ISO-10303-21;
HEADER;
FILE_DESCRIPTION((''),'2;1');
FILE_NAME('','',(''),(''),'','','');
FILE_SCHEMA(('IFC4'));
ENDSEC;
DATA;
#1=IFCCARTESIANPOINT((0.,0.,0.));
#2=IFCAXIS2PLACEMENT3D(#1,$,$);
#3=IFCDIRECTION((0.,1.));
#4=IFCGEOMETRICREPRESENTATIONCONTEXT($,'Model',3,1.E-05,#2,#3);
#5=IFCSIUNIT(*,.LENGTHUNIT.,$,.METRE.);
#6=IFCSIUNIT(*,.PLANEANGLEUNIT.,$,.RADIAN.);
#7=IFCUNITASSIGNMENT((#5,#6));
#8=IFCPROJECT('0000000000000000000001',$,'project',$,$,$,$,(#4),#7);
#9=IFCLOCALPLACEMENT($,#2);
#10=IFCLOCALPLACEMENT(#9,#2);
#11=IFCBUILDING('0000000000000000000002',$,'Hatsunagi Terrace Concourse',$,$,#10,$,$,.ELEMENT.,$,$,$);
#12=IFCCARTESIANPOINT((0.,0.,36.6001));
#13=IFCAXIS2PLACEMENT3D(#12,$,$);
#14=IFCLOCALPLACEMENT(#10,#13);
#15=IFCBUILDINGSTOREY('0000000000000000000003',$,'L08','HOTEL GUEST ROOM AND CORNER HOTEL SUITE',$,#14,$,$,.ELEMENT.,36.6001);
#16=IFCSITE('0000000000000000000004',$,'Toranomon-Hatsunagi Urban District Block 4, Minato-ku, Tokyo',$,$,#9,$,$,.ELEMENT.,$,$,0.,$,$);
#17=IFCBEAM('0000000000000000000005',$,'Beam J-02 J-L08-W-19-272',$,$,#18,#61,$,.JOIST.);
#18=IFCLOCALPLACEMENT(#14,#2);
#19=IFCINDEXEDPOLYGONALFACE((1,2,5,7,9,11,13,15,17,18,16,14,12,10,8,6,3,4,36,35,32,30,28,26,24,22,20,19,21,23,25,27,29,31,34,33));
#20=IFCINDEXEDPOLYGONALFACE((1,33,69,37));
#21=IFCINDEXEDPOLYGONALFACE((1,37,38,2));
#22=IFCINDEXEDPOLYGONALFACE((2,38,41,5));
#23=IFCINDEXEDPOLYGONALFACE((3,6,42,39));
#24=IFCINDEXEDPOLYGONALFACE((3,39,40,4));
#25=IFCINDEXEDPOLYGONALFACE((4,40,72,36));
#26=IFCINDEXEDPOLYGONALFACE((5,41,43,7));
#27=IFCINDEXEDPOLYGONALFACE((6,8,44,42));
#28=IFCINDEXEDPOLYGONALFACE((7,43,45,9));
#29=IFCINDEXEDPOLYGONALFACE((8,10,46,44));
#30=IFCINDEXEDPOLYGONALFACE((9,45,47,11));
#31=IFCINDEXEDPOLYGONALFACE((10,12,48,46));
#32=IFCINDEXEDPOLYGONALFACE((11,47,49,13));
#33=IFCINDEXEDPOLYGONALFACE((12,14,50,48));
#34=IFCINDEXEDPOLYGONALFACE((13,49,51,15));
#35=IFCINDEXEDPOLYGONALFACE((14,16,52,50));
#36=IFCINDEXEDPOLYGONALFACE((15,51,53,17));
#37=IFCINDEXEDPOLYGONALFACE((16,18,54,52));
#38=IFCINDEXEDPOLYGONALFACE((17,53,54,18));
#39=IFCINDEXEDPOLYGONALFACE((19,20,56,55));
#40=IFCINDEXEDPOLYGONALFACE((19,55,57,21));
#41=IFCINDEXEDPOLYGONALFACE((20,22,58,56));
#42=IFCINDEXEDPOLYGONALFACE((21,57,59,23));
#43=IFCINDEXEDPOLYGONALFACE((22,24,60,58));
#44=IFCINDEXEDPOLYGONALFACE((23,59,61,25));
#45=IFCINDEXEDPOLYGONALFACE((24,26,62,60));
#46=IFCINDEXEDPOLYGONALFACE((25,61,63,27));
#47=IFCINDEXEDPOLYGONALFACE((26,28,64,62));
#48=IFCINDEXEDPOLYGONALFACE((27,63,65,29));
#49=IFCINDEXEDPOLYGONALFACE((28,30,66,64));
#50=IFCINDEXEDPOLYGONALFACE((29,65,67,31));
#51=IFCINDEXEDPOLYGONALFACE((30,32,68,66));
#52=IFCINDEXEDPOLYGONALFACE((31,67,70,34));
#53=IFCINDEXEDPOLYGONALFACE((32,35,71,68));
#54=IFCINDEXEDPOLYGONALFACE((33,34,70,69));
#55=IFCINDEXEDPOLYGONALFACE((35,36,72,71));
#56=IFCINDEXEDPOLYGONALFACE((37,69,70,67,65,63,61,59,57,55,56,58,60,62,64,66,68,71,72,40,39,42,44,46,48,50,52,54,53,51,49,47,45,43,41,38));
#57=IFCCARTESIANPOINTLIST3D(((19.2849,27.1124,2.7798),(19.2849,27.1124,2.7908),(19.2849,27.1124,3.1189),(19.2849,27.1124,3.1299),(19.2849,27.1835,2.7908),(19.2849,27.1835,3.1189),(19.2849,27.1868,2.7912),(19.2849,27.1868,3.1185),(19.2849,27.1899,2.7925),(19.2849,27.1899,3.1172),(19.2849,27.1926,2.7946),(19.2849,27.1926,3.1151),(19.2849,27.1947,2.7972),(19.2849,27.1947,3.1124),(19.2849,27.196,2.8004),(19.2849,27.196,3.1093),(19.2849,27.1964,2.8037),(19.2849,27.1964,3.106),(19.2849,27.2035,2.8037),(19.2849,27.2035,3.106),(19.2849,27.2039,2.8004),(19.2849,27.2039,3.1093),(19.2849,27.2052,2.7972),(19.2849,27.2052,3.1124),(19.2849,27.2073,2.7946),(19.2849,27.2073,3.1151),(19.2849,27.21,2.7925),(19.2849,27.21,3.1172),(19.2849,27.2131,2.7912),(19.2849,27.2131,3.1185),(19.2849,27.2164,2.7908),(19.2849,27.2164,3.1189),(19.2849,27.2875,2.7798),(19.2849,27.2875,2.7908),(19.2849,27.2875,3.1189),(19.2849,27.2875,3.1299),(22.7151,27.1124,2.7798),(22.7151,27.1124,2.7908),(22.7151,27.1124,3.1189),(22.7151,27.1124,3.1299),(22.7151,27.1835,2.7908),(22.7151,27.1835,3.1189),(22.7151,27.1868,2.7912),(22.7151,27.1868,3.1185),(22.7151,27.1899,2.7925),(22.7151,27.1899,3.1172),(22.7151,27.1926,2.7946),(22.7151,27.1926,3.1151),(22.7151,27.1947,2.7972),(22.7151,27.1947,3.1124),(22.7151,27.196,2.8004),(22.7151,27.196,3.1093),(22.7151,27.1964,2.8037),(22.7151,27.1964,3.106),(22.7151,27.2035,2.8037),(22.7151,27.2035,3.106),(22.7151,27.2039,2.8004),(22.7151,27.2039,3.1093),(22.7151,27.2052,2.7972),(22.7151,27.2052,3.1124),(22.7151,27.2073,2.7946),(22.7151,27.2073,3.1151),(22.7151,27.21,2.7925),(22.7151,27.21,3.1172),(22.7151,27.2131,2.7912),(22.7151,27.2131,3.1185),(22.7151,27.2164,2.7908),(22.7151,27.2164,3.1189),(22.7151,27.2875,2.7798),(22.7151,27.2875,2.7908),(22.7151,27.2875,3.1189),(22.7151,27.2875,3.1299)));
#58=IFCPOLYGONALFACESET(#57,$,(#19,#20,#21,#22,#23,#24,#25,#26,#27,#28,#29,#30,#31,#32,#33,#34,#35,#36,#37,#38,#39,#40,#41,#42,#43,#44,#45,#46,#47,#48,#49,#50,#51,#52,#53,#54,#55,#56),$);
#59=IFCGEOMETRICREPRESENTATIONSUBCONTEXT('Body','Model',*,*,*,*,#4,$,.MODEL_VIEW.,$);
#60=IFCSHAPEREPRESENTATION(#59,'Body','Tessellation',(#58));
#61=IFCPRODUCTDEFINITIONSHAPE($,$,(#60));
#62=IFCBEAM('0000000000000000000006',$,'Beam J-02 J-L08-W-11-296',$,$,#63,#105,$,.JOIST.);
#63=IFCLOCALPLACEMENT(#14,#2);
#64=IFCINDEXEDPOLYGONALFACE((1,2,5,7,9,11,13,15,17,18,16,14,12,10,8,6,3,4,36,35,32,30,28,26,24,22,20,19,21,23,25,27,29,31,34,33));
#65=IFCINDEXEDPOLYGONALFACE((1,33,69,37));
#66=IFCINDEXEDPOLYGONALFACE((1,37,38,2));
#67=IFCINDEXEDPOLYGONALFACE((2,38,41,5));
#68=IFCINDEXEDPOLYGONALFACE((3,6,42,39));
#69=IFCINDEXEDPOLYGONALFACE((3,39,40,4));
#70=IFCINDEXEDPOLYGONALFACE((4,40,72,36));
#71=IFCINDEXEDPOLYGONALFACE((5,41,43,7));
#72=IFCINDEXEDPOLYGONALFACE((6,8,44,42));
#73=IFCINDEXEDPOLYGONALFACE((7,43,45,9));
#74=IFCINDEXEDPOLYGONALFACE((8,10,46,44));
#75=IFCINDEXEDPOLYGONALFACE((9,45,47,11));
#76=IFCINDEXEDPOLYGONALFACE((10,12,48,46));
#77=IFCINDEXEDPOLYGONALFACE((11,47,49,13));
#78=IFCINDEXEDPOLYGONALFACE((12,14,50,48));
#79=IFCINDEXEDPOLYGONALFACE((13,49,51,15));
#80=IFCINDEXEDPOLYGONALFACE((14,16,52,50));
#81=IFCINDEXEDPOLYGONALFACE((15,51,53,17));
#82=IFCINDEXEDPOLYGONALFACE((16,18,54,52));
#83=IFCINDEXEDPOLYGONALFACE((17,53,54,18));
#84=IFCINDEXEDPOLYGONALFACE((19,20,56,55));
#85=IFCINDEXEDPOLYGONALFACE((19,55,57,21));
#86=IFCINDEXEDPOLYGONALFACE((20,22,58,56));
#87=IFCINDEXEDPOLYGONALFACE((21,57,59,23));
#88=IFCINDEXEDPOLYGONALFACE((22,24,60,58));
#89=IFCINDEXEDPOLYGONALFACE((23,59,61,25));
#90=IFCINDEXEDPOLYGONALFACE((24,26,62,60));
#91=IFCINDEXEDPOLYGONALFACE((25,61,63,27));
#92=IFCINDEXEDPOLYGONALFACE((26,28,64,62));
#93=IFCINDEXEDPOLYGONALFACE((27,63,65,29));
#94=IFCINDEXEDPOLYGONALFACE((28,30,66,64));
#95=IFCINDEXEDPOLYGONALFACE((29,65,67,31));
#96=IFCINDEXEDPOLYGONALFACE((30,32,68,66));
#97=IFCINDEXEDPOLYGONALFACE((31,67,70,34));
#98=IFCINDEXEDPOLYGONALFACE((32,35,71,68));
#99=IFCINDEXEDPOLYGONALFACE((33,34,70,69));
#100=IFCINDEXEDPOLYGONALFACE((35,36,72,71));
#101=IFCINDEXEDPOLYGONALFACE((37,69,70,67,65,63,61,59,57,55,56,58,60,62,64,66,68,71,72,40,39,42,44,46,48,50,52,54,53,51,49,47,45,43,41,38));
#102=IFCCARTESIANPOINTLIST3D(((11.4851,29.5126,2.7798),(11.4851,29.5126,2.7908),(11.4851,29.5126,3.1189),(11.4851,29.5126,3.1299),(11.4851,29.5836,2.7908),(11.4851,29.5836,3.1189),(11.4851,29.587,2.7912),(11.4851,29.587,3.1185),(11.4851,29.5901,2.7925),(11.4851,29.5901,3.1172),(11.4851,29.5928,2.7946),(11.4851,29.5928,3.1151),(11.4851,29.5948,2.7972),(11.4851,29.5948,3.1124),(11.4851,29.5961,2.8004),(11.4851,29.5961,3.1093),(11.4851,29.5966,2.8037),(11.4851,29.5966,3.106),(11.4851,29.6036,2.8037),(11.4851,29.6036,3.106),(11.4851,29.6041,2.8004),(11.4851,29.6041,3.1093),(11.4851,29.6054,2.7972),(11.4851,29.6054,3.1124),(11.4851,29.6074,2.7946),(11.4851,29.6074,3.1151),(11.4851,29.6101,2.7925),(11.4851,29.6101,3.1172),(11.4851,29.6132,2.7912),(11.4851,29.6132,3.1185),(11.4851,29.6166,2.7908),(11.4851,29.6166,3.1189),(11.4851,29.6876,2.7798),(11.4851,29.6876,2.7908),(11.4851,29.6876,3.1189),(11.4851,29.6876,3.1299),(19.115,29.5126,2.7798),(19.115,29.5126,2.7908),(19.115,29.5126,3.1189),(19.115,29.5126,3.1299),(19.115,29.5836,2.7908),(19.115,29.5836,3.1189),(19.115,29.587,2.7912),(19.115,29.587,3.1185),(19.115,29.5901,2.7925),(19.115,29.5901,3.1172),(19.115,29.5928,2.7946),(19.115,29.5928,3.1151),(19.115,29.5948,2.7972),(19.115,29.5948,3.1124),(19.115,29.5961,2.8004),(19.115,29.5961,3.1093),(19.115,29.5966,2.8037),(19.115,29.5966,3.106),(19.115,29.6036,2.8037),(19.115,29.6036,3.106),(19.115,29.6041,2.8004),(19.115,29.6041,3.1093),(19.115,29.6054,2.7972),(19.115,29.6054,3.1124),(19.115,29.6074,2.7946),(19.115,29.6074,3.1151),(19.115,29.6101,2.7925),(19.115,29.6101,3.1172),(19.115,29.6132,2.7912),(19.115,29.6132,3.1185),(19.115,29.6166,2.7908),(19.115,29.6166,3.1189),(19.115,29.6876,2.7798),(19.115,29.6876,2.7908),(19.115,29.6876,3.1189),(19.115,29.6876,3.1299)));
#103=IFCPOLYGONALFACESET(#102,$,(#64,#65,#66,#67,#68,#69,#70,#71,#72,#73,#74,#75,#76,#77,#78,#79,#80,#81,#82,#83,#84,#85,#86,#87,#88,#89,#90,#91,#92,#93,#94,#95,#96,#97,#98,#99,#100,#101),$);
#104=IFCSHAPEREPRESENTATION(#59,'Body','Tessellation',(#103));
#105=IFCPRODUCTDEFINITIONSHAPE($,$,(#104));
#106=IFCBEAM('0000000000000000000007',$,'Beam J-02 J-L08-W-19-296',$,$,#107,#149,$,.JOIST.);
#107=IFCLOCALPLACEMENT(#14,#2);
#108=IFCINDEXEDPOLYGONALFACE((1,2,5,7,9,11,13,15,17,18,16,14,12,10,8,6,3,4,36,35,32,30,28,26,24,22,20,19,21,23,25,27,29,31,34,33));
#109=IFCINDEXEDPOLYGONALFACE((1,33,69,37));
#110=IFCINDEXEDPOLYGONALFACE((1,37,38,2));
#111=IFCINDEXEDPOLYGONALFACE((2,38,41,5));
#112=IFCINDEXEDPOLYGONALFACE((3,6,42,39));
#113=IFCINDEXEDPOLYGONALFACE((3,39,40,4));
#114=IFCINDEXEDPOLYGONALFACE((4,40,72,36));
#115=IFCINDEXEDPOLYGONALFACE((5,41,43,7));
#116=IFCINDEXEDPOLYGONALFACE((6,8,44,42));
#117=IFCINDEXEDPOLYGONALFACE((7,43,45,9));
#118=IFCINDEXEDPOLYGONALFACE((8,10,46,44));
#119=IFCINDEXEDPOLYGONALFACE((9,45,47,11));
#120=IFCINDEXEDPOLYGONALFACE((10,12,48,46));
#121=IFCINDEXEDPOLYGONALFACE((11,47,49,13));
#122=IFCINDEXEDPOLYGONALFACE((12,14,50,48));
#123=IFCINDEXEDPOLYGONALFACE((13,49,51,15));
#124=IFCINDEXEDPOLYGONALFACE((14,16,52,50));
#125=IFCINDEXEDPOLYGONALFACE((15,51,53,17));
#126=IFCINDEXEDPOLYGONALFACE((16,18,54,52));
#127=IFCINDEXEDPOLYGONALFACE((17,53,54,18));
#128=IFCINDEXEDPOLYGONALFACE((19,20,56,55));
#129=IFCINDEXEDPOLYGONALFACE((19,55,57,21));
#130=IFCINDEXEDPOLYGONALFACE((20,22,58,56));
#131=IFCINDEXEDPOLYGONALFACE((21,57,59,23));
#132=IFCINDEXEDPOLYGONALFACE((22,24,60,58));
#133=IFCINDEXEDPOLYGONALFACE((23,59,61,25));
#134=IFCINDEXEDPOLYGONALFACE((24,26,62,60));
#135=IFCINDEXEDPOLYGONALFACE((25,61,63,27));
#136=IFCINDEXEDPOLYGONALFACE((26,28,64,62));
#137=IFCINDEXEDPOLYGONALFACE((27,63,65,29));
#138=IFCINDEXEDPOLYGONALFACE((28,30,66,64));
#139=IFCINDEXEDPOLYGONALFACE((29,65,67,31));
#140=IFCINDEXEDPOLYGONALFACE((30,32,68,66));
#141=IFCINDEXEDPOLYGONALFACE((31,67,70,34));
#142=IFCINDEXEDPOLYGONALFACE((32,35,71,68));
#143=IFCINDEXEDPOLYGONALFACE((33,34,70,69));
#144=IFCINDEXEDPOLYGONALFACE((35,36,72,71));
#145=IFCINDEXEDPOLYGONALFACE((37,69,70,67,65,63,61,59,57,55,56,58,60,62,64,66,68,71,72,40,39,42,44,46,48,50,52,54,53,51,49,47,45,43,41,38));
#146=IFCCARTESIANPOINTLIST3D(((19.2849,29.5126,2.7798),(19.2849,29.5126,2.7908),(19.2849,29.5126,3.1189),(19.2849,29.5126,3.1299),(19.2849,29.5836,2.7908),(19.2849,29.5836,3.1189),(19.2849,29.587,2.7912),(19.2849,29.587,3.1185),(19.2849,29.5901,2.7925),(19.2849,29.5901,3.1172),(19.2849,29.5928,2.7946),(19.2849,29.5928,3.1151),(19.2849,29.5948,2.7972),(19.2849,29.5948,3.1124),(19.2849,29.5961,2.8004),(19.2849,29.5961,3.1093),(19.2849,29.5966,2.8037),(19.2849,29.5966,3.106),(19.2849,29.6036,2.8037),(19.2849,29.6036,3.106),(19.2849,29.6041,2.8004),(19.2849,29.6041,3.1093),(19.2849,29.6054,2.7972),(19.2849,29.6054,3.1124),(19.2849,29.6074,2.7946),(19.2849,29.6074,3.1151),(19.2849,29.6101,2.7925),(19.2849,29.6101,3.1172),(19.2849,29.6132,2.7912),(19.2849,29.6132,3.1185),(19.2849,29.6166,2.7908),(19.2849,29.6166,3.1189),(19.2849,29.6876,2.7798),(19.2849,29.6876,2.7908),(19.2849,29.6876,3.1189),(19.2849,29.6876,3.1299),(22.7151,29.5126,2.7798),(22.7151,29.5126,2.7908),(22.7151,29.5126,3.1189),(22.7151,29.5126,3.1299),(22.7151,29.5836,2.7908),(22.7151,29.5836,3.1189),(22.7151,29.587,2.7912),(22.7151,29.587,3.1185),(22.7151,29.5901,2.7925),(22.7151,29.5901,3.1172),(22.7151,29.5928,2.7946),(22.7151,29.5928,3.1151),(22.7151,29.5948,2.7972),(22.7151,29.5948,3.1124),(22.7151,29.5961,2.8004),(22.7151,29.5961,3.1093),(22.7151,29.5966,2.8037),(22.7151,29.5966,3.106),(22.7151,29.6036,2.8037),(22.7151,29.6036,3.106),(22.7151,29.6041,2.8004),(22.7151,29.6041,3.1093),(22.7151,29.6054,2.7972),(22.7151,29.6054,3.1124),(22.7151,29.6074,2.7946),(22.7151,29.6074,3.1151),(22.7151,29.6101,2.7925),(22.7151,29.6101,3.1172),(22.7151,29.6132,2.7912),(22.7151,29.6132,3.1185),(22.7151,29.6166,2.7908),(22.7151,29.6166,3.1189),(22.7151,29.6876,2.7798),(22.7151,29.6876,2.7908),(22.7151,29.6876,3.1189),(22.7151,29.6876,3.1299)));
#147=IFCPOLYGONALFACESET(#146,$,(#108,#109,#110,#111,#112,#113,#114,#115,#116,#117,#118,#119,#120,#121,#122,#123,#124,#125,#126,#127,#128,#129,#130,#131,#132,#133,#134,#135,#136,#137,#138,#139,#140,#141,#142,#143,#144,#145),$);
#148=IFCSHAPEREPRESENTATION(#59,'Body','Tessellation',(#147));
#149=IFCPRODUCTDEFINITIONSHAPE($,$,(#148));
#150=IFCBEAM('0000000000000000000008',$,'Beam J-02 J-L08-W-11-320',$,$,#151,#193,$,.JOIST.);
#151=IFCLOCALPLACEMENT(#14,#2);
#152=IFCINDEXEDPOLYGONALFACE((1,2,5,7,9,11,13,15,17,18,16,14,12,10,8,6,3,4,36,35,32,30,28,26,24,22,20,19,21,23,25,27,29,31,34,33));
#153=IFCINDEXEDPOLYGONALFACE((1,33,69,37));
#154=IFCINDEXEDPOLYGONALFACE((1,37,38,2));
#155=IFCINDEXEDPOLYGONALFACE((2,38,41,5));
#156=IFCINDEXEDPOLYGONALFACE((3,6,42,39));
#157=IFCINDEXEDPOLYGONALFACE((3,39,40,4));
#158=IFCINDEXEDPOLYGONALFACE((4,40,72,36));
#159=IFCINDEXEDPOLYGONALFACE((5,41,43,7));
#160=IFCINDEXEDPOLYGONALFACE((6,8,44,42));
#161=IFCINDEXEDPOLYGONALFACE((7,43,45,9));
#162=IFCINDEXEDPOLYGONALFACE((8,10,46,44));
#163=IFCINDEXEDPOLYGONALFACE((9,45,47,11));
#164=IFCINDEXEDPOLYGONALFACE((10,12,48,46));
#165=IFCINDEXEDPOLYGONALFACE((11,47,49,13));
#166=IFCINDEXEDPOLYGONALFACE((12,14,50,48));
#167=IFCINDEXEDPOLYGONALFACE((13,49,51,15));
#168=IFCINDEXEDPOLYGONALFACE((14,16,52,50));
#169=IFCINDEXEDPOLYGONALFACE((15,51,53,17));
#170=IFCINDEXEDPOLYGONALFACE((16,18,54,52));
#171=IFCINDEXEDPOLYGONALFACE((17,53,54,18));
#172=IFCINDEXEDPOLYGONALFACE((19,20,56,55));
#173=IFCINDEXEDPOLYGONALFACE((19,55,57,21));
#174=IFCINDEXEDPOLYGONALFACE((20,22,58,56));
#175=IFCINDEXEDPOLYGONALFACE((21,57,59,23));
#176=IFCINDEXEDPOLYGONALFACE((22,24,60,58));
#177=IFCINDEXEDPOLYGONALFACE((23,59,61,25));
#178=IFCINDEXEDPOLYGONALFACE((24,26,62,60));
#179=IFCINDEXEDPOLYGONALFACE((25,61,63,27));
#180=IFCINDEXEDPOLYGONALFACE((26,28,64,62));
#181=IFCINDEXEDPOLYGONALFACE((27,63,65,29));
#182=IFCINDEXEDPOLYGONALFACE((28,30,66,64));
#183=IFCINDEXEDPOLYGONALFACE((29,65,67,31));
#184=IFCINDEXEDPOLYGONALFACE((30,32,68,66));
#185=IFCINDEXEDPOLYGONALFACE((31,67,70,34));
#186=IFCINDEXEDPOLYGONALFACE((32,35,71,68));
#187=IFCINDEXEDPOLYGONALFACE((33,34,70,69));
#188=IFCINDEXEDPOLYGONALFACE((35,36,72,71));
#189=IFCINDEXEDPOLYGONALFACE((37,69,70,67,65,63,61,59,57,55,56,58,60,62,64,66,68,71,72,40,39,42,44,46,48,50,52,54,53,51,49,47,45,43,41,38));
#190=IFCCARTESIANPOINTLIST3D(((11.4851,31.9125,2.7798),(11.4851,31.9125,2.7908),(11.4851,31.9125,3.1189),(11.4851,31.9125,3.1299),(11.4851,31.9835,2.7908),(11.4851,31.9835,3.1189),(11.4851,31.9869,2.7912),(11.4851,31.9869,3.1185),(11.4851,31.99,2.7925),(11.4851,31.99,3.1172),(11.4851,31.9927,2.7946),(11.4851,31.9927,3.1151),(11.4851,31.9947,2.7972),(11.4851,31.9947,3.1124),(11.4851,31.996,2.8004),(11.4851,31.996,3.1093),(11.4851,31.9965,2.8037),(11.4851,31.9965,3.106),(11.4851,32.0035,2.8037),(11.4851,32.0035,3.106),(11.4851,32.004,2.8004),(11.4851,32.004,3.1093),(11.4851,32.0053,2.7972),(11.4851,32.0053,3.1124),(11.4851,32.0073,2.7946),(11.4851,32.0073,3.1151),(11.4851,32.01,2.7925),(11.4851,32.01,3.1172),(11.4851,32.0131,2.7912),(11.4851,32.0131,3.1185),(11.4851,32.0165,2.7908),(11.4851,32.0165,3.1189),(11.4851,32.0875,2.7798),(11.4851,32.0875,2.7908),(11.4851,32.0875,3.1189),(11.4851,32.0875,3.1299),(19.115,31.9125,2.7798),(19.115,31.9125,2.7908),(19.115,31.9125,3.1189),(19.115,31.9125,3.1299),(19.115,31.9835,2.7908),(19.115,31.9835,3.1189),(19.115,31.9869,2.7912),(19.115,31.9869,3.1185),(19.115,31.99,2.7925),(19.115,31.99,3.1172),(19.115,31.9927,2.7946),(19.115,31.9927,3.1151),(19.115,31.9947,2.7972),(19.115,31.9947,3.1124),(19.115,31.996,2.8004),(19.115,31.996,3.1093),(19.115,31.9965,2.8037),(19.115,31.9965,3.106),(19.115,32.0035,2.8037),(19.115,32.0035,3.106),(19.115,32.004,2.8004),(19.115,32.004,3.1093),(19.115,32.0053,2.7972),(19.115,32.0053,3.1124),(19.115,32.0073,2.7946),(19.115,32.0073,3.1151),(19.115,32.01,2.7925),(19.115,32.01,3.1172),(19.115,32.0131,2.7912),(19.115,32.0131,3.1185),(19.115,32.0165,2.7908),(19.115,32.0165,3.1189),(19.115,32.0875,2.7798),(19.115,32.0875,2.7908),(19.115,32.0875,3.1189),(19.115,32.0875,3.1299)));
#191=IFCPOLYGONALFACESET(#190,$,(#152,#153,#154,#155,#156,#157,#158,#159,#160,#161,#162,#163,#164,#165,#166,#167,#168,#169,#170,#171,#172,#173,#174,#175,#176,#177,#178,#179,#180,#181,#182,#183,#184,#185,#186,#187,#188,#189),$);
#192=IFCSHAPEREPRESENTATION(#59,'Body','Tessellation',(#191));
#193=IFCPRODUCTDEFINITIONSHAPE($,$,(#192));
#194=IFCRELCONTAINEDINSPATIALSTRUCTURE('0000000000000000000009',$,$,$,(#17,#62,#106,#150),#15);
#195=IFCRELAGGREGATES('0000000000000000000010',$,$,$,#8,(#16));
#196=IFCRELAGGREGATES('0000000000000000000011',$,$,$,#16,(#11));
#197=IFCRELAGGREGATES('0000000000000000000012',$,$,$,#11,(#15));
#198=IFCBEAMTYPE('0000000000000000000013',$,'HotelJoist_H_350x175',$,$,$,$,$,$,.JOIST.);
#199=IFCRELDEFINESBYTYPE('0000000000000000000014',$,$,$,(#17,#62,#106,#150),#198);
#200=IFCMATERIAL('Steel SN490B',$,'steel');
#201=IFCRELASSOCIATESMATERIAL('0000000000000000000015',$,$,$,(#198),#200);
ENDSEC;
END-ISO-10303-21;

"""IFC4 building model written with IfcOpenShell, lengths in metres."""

from ifc_helpers import new_model, si_unit, direction, frame, origin, origin_2d, place, context, subcontext, project, spatial, i_section, extrude, material, material_profile, profile_set, type_object, element, save


model = new_model("IFC4")

# Units and contexts
model_context = context("Model", 3, precision=1e-05, world=origin(), true_north=direction((0.0, 1.0)))
body_context = subcontext(model_context, "Body", "Model", "MODEL_VIEW")
ifc_project = project(units=[si_unit("LENGTHUNIT", "METRE"), si_unit("PLANEANGLEUNIT", "RADIAN")], contexts=[model_context])

# Site, building, storey
site_placement = place(None, origin())
site = spatial("IfcSite", under=ifc_project, at=site_placement, Name="Toranomon-Hatsunagi Urban District Block 4, Minato-ku, Tokyo", CompositionType="ELEMENT", RefElevation=0.0)
building_placement = place(site_placement, origin())
building = spatial("IfcBuilding", under=site, at=building_placement, Name="Hatsunagi Terrace Concourse", CompositionType="ELEMENT")
storey_placement = place(building_placement, frame((0.0, 0.0, 36.6001)))
storey = spatial("IfcBuildingStorey", under=building, at=storey_placement, Name="L08", Description="HOTEL GUEST ROOM AND CORNER HOTEL SUITE", CompositionType="ELEMENT", Elevation=36.6001)

# Beams
ifc_material_1 = material(Name="Steel SN490B", Category="steel")
ifc_material_profile_1 = material_profile(ifc_material_1, i_section(OverallWidth=0.175, OverallDepth=0.3501, WebThickness=0.0071, FlangeThickness=0.011, FilletRadius=0.0129, at=origin_2d()), Name="H-350x175x7x11")
ifc_profile_set_1 = profile_set([ifc_material_profile_1], Name="Steel SN490B")
beam_type_1 = type_object("IfcBeamType", Name="HotelJoist_H_350x175", PredefinedType="JOIST", material=ifc_profile_set_1)
beam_1_placement = place(storey_placement, frame((19.2849, 27.2, 2.9548), z_axis=(1.0, 0.0, 0.0), x_axis=(0.0, 1.0, 0.0)))
element("IfcBeam", 1, at=beam_1_placement, inside=storey, type_object=beam_type_1, Name="Beam J-02 J-L08-W-19-272", PredefinedType="JOIST", context=body_context, shape_type="SweptSolid", body=[
    extrude(i_section(OverallWidth=0.175, OverallDepth=0.3501, WebThickness=0.0071, FlangeThickness=0.011, FilletRadius=0.0129, at=origin_2d()), origin(), (0.0, 0.0, 1.0), 3.4302),
])
beam_2_placement = place(storey_placement, frame((11.4851, 29.6001, 2.9548), z_axis=(1.0, 0.0, 0.0), x_axis=(0.0, 1.0, 0.0)))
element("IfcBeam", 2, at=beam_2_placement, inside=storey, type_object=beam_type_1, Name="Beam J-02 J-L08-W-11-296", PredefinedType="JOIST", context=body_context, shape_type="SweptSolid", body=[
    extrude(i_section(OverallWidth=0.175, OverallDepth=0.3501, WebThickness=0.0071, FlangeThickness=0.011, FilletRadius=0.0129, at=origin_2d()), origin(), (0.0, 0.0, 1.0), 7.6299),
])
beam_3_placement = place(storey_placement, frame((19.2849, 29.6001, 2.9548), z_axis=(1.0, 0.0, 0.0), x_axis=(0.0, 1.0, 0.0)))
element("IfcBeam", 3, at=beam_3_placement, inside=storey, type_object=beam_type_1, Name="Beam J-02 J-L08-W-19-296", PredefinedType="JOIST", context=body_context, shape_type="SweptSolid", body=[
    extrude(i_section(OverallWidth=0.175, OverallDepth=0.3501, WebThickness=0.0071, FlangeThickness=0.011, FilletRadius=0.0129, at=origin_2d()), origin(), (0.0, 0.0, 1.0), 3.4302),
])
beam_4_placement = place(storey_placement, frame((11.4851, 32.0, 2.9548), z_axis=(1.0, 0.0, 0.0), x_axis=(0.0, 1.0, 0.0)))
element("IfcBeam", 4, at=beam_4_placement, inside=storey, type_object=beam_type_1, Name="Beam J-02 J-L08-W-11-320", PredefinedType="JOIST", context=body_context, shape_type="SweptSolid", body=[
    extrude(i_section(OverallWidth=0.175, OverallDepth=0.3501, WebThickness=0.0071, FlangeThickness=0.011, FilletRadius=0.0129, at=origin_2d()), origin(), (0.0, 0.0, 1.0), 7.6299),
])

save(model, "model.ifc")
